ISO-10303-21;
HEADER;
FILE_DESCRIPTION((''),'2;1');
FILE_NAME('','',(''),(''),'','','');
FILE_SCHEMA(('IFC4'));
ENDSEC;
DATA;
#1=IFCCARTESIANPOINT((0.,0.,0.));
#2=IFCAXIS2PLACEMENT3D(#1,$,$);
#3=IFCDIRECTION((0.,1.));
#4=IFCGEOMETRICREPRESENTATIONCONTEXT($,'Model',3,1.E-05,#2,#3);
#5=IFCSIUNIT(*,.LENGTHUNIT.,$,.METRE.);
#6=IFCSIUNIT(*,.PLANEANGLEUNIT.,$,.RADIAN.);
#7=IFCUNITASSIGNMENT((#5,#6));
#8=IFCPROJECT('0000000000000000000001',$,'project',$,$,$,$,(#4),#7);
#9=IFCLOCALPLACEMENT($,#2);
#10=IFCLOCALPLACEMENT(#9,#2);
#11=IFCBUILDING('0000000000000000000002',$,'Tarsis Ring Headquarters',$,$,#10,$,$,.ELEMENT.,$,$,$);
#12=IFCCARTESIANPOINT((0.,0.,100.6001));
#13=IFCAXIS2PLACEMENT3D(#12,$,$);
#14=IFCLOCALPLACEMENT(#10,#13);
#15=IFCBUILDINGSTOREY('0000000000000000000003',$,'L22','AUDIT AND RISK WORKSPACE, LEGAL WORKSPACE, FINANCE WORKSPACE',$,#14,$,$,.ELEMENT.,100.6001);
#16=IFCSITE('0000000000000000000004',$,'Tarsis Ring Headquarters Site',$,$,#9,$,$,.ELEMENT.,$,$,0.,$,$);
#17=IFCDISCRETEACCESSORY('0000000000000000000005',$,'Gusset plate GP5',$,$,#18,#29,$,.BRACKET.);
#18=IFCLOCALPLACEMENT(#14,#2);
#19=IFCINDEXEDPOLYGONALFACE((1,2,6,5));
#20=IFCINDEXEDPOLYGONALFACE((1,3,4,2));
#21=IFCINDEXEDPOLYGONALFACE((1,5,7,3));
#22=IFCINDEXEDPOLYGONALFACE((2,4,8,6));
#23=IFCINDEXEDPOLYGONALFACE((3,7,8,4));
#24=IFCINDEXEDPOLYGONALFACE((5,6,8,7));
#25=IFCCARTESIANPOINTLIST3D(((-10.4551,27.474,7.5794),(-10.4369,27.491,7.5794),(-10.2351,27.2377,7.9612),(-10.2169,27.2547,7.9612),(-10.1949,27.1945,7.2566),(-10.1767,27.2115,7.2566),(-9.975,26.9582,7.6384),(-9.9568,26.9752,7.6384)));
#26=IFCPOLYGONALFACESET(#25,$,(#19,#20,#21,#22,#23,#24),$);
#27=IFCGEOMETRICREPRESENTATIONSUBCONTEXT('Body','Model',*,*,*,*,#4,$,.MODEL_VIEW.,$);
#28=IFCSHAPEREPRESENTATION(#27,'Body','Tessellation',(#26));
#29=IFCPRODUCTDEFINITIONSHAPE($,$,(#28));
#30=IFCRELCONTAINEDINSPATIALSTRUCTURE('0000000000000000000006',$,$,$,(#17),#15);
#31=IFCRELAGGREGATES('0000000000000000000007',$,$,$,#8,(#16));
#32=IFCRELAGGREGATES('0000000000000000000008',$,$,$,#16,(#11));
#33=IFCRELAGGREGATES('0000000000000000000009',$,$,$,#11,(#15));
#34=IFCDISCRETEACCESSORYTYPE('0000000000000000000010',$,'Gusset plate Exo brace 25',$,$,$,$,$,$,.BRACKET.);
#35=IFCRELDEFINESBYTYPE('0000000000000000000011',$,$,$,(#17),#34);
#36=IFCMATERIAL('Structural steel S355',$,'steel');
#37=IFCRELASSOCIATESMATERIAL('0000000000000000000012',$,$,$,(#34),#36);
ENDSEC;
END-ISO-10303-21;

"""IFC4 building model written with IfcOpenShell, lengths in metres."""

from ifc_helpers import new_model, si_unit, direction, frame, origin, origin_2d, place, context, subcontext, project, spatial, rectangle, extrude, material, material_profile, profile_set, type_object, element, save


model = new_model("IFC4")

# Units and contexts
model_context = context("Model", 3, precision=1e-05, world=origin(), true_north=direction((0.0, 1.0)))
body_context = subcontext(model_context, "Body", "Model", "MODEL_VIEW")
ifc_project = project(units=[si_unit("LENGTHUNIT", "METRE"), si_unit("PLANEANGLEUNIT", "RADIAN")], contexts=[model_context])

# Site, building, storey
site_placement = place(None, origin())
site = spatial("IfcSite", under=ifc_project, at=site_placement, Name="Tarsis Ring Headquarters Site", CompositionType="ELEMENT", RefElevation=0.0)
building_placement = place(site_placement, origin())
building = spatial("IfcBuilding", under=site, at=building_placement, Name="Tarsis Ring Headquarters", CompositionType="ELEMENT")
storey_placement = place(building_placement, frame((0.0, 0.0, 100.6001)))
storey = spatial("IfcBuildingStorey", under=building, at=storey_placement, Name="L22", Description="AUDIT AND RISK WORKSPACE, LEGAL WORKSPACE, FINANCE WORKSPACE", CompositionType="ELEMENT", Elevation=100.6001)

# Shared definitions
ifc_material_1 = material(Name="Structural steel S355", Category="steel")

# Discrete accessory
ifc_material_profile_1 = material_profile(ifc_material_1, rectangle(XDim=0.0249, YDim=0.5, at=origin_2d()), Name="PL 25x500")
ifc_profile_set_1 = profile_set([ifc_material_profile_1], Name="Structural steel S355")
discrete_accessory_type = type_object("IfcDiscreteAccessoryType", Name="Gusset plate Exo brace 25", PredefinedType="BRACKET", material=ifc_profile_set_1)
discrete_accessory_placement = place(storey_placement, frame((-10.0959, 27.1064, 7.7998), z_axis=(-0.439909, 0.472621, -0.763616), x_axis=(-0.731985, -0.681321, 0.0)))
element("IfcDiscreteAccessory", 1, at=discrete_accessory_placement, inside=storey, type_object=discrete_accessory_type, Name="Gusset plate GP5", PredefinedType="BRACKET", context=body_context, shape_type="SweptSolid", body=[
    extrude(rectangle(XDim=0.0249, YDim=0.5, at=origin_2d()), origin(), (0.0, 0.0, 1.0), 0.5),
])

save(model, "model.ifc")
